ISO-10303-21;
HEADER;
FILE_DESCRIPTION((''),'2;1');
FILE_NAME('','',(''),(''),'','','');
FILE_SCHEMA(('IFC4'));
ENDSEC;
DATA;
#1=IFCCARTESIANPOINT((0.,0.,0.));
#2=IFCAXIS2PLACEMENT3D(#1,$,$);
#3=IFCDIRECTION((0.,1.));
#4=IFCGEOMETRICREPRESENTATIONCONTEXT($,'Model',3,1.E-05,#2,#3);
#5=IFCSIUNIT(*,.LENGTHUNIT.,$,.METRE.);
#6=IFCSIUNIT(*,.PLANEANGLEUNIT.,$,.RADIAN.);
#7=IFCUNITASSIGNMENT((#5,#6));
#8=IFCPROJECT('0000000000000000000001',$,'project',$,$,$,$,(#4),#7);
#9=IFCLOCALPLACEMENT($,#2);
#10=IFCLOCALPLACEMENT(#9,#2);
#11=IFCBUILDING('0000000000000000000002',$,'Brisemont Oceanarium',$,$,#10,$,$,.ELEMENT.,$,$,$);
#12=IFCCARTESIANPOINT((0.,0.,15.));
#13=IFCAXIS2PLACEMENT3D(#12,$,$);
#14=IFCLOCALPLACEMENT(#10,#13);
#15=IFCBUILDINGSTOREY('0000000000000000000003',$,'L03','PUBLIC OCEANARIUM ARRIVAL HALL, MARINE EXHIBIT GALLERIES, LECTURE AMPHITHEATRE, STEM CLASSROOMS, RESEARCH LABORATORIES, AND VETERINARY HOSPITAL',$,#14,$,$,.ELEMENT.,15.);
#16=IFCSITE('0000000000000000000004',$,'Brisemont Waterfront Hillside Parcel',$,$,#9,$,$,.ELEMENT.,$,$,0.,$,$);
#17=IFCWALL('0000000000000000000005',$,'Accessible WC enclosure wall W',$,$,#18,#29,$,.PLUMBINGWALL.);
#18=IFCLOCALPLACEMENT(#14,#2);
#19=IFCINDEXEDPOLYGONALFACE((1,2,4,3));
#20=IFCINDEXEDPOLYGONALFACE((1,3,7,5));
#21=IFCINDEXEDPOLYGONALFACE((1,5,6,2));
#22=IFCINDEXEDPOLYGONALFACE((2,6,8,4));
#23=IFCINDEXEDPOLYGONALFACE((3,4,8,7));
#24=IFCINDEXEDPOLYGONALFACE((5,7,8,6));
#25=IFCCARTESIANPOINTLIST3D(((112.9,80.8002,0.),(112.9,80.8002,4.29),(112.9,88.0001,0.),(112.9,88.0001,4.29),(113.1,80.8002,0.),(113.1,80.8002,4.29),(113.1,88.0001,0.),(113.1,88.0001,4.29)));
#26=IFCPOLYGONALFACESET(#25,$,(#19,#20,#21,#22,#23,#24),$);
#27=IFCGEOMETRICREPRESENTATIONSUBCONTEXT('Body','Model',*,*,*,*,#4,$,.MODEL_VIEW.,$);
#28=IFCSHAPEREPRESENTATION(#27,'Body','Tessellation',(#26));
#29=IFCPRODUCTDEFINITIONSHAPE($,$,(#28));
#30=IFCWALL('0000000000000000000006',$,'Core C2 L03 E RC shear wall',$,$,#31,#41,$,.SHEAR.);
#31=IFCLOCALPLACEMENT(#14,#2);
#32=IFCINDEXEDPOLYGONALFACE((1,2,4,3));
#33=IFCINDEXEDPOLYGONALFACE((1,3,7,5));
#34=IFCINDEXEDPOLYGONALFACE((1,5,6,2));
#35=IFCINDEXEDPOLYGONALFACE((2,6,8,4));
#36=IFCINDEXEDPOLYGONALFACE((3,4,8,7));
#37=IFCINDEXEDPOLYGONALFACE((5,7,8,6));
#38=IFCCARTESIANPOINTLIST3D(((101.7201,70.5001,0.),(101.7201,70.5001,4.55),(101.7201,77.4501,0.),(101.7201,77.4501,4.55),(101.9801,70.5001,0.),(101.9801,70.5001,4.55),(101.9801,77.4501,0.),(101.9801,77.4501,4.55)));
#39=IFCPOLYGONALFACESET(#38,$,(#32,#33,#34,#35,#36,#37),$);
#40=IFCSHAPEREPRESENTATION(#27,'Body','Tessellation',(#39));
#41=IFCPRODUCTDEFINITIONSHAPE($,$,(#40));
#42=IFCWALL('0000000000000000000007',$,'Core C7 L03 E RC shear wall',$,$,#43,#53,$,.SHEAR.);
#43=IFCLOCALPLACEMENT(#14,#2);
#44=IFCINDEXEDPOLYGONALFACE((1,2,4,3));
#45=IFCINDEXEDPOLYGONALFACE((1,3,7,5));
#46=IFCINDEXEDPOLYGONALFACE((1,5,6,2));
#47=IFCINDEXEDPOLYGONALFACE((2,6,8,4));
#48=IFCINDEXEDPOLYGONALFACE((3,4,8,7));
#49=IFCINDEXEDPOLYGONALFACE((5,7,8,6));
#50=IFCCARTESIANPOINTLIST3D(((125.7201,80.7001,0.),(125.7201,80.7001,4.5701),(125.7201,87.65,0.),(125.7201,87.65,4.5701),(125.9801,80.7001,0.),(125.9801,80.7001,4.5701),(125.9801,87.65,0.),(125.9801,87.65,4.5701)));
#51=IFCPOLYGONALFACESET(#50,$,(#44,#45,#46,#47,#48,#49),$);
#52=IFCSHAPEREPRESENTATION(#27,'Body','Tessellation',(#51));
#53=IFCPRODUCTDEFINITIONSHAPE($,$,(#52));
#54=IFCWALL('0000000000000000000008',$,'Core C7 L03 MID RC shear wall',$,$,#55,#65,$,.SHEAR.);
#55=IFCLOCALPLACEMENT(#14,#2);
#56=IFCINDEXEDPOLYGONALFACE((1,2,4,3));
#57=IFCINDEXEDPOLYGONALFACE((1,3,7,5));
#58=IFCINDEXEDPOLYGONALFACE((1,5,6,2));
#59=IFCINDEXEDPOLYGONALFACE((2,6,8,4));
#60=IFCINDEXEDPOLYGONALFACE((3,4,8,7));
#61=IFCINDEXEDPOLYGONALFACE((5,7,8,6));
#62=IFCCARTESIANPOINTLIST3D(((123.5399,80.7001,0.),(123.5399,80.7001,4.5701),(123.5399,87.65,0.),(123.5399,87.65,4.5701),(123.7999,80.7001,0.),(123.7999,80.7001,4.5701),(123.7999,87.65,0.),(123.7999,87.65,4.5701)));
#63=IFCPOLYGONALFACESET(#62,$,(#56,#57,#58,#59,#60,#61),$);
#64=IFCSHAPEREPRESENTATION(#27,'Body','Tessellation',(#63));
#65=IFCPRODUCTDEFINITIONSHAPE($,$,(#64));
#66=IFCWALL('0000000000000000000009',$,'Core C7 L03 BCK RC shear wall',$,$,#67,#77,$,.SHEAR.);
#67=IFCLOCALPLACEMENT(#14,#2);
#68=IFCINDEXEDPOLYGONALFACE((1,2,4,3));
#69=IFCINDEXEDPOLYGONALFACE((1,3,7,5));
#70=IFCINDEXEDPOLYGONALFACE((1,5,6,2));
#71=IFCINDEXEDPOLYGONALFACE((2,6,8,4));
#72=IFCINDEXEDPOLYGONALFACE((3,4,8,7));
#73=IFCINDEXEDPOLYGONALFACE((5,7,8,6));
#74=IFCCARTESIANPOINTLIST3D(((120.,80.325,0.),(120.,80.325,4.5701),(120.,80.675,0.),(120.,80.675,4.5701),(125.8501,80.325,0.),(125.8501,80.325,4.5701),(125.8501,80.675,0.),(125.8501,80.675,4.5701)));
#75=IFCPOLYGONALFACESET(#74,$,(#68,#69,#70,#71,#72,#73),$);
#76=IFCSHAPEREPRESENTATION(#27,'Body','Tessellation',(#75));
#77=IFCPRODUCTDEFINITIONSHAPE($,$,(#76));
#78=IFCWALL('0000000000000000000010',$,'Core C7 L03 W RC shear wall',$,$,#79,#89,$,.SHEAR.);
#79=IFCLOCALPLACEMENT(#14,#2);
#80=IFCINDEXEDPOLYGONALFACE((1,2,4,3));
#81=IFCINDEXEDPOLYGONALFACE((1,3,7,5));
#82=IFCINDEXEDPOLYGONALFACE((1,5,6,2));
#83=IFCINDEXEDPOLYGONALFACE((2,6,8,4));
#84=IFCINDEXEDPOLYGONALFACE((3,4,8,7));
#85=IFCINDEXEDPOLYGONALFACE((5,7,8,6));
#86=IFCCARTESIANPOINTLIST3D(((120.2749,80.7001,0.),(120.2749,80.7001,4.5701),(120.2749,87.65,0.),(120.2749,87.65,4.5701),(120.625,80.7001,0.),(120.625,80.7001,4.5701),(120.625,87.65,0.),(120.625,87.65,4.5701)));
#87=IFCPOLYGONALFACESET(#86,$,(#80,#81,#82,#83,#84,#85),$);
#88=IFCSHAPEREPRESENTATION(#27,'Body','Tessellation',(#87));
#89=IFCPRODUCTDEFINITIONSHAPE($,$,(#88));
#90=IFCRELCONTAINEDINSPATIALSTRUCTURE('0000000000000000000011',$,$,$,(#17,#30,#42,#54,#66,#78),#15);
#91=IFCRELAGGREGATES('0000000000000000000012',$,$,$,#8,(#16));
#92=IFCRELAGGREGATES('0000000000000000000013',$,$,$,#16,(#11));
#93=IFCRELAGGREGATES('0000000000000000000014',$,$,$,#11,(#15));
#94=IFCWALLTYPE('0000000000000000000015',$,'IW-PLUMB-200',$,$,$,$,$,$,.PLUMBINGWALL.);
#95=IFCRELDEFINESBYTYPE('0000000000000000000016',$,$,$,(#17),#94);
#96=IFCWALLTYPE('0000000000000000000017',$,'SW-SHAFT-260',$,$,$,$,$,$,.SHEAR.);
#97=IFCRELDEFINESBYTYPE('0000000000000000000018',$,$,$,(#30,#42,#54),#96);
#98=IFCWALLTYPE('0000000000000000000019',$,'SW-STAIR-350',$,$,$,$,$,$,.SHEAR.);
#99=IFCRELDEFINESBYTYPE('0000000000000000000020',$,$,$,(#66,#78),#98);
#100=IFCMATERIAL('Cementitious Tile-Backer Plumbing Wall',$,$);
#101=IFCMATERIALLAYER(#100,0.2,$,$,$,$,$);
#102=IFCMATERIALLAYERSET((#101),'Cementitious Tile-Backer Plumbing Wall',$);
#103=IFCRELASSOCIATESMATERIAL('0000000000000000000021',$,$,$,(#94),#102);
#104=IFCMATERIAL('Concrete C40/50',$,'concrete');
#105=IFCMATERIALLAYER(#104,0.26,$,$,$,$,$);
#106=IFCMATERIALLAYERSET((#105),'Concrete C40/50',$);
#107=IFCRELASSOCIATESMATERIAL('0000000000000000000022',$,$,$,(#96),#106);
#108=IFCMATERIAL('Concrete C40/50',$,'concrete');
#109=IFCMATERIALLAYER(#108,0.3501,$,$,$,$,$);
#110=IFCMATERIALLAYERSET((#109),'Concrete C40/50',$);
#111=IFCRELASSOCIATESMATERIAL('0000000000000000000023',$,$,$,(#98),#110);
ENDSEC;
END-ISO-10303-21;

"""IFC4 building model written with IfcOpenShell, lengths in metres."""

from ifc_helpers import new_model, si_unit, direction, frame, frame_2d, origin, place, context, subcontext, project, spatial, rectangle, extrude, material, layer, layer_set, type_object, element, save


model = new_model("IFC4")

# Units and contexts
model_context = context("Model", 3, precision=1e-05, world=origin(), true_north=direction((0.0, 1.0)))
body_context = subcontext(model_context, "Body", "Model", "MODEL_VIEW")
ifc_project = project(units=[si_unit("LENGTHUNIT", "METRE"), si_unit("PLANEANGLEUNIT", "RADIAN")], contexts=[model_context])

# Site, building, storey
site_placement = place(None, origin())
site = spatial("IfcSite", under=ifc_project, at=site_placement, Name="Brisemont Waterfront Hillside Parcel", CompositionType="ELEMENT", RefElevation=0.0)
building_placement = place(site_placement, origin())
building = spatial("IfcBuilding", under=site, at=building_placement, Name="Brisemont Oceanarium", CompositionType="ELEMENT")
storey_placement = place(building_placement, frame((0.0, 0.0, 15.0)))
storey = spatial("IfcBuildingStorey", under=building, at=storey_placement, Name="L03", Description="PUBLIC OCEANARIUM ARRIVAL HALL, MARINE EXHIBIT GALLERIES, LECTURE AMPHITHEATRE, STEM CLASSROOMS, RESEARCH LABORATORIES, AND VETERINARY HOSPITAL", CompositionType="ELEMENT", Elevation=15.0)

# Walls
ifc_material_1 = material(Name="Cementitious Tile-Backer Plumbing Wall")
ifc_layer_1 = layer(ifc_material_1, 0.2)
ifc_layer_set_1 = layer_set([ifc_layer_1], Name="Cementitious Tile-Backer Plumbing Wall")
wall_type_1 = type_object("IfcWallType", Name="IW-PLUMB-200", PredefinedType="PLUMBINGWALL", material=ifc_layer_set_1)
wall_1_placement = place(storey_placement, frame((113.0, 80.8, 0.0), z_axis=(0.0, 0.0, 1.0), x_axis=(0.0, 1.0, 0.0)))
element("IfcWall", 1, at=wall_1_placement, inside=storey, type_object=wall_type_1, Name="Accessible WC enclosure wall W", PredefinedType="PLUMBINGWALL", context=body_context, shape_type="SweptSolid", body=[
    extrude(rectangle(XDim=7.2, YDim=0.2, at=frame_2d((3.6001, 0.0))), origin(), (0.0, 0.0, 1.0), 4.29),
])
ifc_material_2 = material(Name="Concrete C40/50", Category="concrete")
ifc_layer_2 = layer(ifc_material_2, 0.26)
ifc_layer_set_2 = layer_set([ifc_layer_2], Name="Concrete C40/50")
wall_type_2 = type_object("IfcWallType", Name="SW-SHAFT-260", PredefinedType="SHEAR", material=ifc_layer_set_2)
wall_2_placement = place(storey_placement, frame((101.8501, 70.5, 0.0), z_axis=(0.0, 0.0, 1.0), x_axis=(0.0, 1.0, 0.0)))
element("IfcWall", 2, at=wall_2_placement, inside=storey, type_object=wall_type_2, Name="Core C2 L03 E RC shear wall", PredefinedType="SHEAR", context=body_context, shape_type="SweptSolid", body=[
    extrude(rectangle(XDim=6.95, YDim=0.26, at=frame_2d((3.4751, 0.0))), origin(), (0.0, 0.0, 1.0), 4.55),
])
for number, where, z_axis, x_axis, name in (
    (3, (125.8501, 80.7, 0.0), (0.0, 0.0, 1.0), (0.0, 1.0, 0.0), "Core C7 L03 E RC shear wall"),
    (4, (123.6699, 80.7, 0.0), (0.0, 0.0, 1.0), (0.0, 1.0, 0.0), "Core C7 L03 MID RC shear wall"),
):
    element("IfcWall", number, at=place(storey_placement, frame(where, z_axis=z_axis, x_axis=x_axis)), inside=storey, type_object=wall_type_2, Name=name, PredefinedType="SHEAR", context=body_context, shape_type="SweptSolid", body=[
        extrude(rectangle(XDim=6.95, YDim=0.26, at=frame_2d((3.4751, 0.0))), origin(), (0.0, 0.0, 1.0), 4.5701),
    ])
ifc_material_3 = material(Name="Concrete C40/50", Category="concrete")
ifc_layer_3 = layer(ifc_material_3, 0.3501)
ifc_layer_set_3 = layer_set([ifc_layer_3], Name="Concrete C40/50")
wall_type_3 = type_object("IfcWallType", Name="SW-STAIR-350", PredefinedType="SHEAR", material=ifc_layer_set_3)
wall_3_placement = place(storey_placement, frame((120.0, 80.5, 0.0), z_axis=(0.0, 0.0, 1.0), x_axis=(1.0, 0.0, 0.0)))
element("IfcWall", 5, at=wall_3_placement, inside=storey, type_object=wall_type_3, Name="Core C7 L03 BCK RC shear wall", PredefinedType="SHEAR", context=body_context, shape_type="SweptSolid", body=[
    extrude(rectangle(XDim=5.8501, YDim=0.3501, at=frame_2d((2.925, 0.0))), origin(), (0.0, 0.0, 1.0), 4.5701),
])
wall_4_placement = place(storey_placement, frame((120.45, 80.7, 0.0), z_axis=(0.0, 0.0, 1.0), x_axis=(0.0, 1.0, 0.0)))
element("IfcWall", 6, at=wall_4_placement, inside=storey, type_object=wall_type_3, Name="Core C7 L03 W RC shear wall", PredefinedType="SHEAR", context=body_context, shape_type="SweptSolid", body=[
    extrude(rectangle(XDim=6.95, YDim=0.3501, at=frame_2d((3.4751, 0.0))), origin(), (0.0, 0.0, 1.0), 4.5701),
])

save(model, "model.ifc")
